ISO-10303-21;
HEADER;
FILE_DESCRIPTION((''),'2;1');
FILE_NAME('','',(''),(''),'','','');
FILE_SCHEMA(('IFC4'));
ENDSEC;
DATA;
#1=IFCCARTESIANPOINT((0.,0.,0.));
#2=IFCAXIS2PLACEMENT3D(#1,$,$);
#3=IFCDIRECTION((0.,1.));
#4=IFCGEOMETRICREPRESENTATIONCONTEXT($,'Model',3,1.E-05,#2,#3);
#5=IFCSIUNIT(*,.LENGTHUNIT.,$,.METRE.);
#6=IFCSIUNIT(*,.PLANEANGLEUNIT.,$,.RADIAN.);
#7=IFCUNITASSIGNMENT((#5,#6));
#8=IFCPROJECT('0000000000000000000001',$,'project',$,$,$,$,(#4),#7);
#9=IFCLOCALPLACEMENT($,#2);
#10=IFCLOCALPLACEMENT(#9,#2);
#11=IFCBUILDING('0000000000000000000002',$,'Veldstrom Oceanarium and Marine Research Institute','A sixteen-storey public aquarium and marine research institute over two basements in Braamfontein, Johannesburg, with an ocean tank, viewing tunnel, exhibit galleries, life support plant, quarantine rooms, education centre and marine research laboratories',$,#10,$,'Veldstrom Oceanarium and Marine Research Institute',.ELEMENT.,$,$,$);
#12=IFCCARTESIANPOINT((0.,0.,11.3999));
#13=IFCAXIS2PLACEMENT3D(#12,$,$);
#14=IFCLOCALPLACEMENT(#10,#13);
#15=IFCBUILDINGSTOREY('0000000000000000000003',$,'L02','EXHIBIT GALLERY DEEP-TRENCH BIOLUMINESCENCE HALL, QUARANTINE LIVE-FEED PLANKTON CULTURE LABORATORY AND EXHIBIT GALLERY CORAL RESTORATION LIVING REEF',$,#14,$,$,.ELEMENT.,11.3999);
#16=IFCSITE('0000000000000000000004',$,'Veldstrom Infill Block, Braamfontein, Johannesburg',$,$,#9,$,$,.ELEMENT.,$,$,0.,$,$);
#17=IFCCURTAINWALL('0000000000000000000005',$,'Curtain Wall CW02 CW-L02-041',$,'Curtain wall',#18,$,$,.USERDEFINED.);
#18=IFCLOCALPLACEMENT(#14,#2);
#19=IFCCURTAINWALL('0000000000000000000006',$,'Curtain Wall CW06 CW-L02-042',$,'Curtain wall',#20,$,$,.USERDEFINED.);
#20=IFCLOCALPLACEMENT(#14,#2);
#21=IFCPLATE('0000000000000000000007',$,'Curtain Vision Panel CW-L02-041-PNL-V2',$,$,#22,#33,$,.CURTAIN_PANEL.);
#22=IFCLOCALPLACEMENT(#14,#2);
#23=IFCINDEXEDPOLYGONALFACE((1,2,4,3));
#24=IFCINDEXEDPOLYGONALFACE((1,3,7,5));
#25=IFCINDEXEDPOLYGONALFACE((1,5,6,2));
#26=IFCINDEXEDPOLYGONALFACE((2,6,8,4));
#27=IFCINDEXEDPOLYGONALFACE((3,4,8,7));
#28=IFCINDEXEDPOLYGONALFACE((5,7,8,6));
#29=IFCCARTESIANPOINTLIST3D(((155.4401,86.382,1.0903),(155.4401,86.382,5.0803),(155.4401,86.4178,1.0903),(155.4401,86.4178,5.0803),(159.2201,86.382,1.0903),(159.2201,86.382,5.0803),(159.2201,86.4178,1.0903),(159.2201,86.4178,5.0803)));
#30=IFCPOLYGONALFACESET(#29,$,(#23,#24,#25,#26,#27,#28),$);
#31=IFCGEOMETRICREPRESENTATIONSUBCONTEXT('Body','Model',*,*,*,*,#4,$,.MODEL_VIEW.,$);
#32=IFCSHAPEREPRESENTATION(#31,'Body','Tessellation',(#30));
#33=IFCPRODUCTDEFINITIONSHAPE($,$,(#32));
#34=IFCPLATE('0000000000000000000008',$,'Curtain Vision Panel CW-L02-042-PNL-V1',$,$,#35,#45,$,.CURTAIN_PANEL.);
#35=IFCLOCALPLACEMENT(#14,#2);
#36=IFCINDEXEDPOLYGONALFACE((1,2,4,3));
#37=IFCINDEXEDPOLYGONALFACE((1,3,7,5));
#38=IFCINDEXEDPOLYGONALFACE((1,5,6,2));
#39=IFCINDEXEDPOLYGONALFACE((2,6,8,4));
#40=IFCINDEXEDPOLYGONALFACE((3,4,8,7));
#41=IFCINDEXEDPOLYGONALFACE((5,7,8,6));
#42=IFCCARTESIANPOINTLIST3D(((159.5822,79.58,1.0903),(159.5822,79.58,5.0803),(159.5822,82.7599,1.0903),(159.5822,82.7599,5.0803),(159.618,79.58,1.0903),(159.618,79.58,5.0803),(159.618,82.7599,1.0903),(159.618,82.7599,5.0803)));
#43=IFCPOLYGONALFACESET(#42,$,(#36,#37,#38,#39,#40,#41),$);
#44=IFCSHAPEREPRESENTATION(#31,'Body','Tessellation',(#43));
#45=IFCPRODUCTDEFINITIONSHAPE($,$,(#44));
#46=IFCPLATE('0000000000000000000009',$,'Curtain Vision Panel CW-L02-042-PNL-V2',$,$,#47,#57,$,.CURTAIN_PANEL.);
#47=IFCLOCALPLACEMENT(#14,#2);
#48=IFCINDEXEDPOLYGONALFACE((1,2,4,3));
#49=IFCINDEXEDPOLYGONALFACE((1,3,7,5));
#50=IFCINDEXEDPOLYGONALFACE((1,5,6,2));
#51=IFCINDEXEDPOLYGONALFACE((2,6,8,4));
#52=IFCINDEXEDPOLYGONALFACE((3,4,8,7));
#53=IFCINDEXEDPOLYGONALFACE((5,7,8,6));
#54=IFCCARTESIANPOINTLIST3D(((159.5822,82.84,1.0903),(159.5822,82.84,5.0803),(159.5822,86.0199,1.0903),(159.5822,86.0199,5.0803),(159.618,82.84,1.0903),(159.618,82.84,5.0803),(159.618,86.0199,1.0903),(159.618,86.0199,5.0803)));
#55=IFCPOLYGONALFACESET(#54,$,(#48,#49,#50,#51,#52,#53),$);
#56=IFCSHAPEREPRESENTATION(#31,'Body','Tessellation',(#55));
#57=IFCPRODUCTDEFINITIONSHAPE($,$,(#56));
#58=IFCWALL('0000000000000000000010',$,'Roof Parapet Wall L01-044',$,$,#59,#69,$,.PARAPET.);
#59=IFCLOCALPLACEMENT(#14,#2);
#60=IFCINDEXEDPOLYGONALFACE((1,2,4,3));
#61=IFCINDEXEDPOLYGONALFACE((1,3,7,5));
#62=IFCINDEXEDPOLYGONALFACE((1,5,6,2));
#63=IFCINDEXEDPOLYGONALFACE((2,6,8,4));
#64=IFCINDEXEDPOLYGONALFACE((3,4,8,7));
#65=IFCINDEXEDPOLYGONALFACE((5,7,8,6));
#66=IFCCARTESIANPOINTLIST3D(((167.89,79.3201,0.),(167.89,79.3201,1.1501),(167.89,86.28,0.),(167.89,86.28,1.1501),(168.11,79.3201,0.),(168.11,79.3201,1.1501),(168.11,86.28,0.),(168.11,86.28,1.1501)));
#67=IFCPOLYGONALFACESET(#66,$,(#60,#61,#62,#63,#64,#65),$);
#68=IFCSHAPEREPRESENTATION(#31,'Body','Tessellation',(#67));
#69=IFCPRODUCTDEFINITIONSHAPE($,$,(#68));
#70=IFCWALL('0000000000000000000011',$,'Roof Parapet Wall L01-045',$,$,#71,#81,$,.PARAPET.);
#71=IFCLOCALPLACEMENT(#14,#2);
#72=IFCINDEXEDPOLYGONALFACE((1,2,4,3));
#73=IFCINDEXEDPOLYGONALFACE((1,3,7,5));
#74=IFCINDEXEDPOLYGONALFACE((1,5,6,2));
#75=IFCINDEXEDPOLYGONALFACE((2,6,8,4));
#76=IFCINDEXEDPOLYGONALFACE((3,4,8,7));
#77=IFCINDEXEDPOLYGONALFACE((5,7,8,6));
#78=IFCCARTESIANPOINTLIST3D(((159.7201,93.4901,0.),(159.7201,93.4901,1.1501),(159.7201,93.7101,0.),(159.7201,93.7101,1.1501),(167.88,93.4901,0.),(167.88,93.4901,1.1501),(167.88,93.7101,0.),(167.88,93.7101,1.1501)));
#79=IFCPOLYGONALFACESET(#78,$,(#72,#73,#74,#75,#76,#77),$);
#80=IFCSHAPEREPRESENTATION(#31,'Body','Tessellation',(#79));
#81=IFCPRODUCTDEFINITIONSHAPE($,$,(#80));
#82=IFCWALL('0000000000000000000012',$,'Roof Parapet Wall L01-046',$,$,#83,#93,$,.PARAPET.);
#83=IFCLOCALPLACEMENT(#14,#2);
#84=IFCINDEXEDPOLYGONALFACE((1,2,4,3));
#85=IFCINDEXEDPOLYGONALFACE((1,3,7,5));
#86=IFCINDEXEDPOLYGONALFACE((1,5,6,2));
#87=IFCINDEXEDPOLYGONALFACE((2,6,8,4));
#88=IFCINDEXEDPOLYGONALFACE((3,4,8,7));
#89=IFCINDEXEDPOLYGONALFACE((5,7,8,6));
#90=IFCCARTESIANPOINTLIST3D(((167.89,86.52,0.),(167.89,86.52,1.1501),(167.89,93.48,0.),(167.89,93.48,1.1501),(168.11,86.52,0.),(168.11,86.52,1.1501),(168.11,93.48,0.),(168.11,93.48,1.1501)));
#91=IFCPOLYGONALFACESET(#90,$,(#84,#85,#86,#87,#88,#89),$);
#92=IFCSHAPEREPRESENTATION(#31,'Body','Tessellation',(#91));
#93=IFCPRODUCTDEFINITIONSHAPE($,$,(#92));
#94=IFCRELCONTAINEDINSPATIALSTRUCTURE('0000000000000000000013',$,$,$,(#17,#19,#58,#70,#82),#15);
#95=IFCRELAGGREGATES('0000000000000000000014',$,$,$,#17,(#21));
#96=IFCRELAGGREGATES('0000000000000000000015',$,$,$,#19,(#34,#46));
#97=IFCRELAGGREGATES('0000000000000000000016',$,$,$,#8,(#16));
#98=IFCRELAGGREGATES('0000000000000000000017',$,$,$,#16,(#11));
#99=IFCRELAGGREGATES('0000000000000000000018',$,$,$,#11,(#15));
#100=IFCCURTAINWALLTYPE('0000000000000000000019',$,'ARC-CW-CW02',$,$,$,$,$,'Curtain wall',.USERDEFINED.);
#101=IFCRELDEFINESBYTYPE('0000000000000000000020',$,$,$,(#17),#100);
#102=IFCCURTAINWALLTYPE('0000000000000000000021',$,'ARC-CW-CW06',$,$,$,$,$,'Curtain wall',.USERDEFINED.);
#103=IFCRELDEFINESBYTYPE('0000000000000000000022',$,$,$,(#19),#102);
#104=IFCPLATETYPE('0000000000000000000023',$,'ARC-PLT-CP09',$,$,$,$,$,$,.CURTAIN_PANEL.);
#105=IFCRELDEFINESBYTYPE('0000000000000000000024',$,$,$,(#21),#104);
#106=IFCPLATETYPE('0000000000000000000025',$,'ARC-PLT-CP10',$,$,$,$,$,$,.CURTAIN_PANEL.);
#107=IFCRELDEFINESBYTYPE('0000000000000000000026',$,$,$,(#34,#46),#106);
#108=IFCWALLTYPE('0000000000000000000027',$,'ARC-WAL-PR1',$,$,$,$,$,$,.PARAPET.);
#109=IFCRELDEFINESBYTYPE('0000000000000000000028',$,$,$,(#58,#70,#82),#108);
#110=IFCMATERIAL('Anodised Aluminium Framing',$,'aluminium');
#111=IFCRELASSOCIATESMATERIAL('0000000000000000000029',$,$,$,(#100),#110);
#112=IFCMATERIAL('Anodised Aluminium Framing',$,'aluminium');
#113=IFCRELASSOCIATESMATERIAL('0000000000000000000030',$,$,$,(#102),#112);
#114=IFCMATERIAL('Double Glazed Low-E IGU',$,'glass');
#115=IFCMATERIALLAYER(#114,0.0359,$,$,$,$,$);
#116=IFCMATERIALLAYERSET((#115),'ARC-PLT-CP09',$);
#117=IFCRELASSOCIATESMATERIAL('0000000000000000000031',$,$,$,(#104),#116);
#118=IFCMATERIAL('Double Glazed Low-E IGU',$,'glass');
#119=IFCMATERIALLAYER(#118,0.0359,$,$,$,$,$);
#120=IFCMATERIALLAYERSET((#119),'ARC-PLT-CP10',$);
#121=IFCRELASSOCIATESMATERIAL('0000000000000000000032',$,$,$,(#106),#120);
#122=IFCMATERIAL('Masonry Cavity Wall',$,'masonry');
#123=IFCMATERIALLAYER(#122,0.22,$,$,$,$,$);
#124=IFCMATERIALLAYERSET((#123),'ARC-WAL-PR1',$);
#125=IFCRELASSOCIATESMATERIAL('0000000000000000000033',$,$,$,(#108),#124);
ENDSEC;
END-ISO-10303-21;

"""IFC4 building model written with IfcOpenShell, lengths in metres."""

from ifc_helpers import new_model, si_unit, direction, frame, frame_2d, origin, origin_2d, place, context, subcontext, project, spatial, rectangle, extrude, material, layer, layer_set, type_object, element, aggregate, save


model = new_model("IFC4")

# Units and contexts
model_context = context("Model", 3, precision=1e-05, world=origin(), true_north=direction((0.0, 1.0)))
body_context = subcontext(model_context, "Body", "Model", "MODEL_VIEW")
ifc_project = project(units=[si_unit("LENGTHUNIT", "METRE"), si_unit("PLANEANGLEUNIT", "RADIAN")], contexts=[model_context])

# Site, building, storey
site_placement = place(None, origin())
site = spatial("IfcSite", under=ifc_project, at=site_placement, Name="Veldstrom Infill Block, Braamfontein, Johannesburg", CompositionType="ELEMENT", RefElevation=0.0)
building_placement = place(site_placement, origin())
building = spatial("IfcBuilding", under=site, at=building_placement, Name="Veldstrom Oceanarium and Marine Research Institute", Description="A sixteen-storey public aquarium and marine research institute over two basements in Braamfontein, Johannesburg, with an ocean tank, viewing tunnel, exhibit galleries, life support plant, quarantine rooms, education centre and marine research laboratories", LongName="Veldstrom Oceanarium and Marine Research Institute", CompositionType="ELEMENT")
storey_placement = place(building_placement, frame((0.0, 0.0, 11.3999)))
storey = spatial("IfcBuildingStorey", under=building, at=storey_placement, Name="L02", Description="EXHIBIT GALLERY DEEP-TRENCH BIOLUMINESCENCE HALL, QUARANTINE LIVE-FEED PLANKTON CULTURE LABORATORY AND EXHIBIT GALLERY CORAL RESTORATION LIVING REEF", CompositionType="ELEMENT", Elevation=11.3999)

# Curtain wall
ifc_material_1 = material(Name="Anodised Aluminium Framing", Category="aluminium")
curtain_wall_type_1 = type_object("IfcCurtainWallType", Name="ARC-CW-CW02", ElementType="Curtain wall", PredefinedType="USERDEFINED", material=ifc_material_1)
curtain_wall_1_placement = place(storey_placement, origin())
curtain_wall_1 = element("IfcCurtainWall", 1, at=curtain_wall_1_placement, inside=storey, type_object=curtain_wall_type_1, Name="Curtain Wall CW02 CW-L02-041", ObjectType="Curtain wall", PredefinedType="USERDEFINED")

# Curtain wall
ifc_material_2 = material(Name="Anodised Aluminium Framing", Category="aluminium")
curtain_wall_type_2 = type_object("IfcCurtainWallType", Name="ARC-CW-CW06", ElementType="Curtain wall", PredefinedType="USERDEFINED", material=ifc_material_2)
curtain_wall_2_placement = place(storey_placement, origin())
curtain_wall_2 = element("IfcCurtainWall", 2, at=curtain_wall_2_placement, inside=storey, type_object=curtain_wall_type_2, Name="Curtain Wall CW06 CW-L02-042", ObjectType="Curtain wall", PredefinedType="USERDEFINED")

# Plates
ifc_material_3 = material(Name="Double Glazed Low-E IGU", Category="glass")
ifc_layer_1 = layer(ifc_material_3, 0.0359)
ifc_layer_set_1 = layer_set([ifc_layer_1], Name="ARC-PLT-CP09")
plate_type_1 = type_object("IfcPlateType", Name="ARC-PLT-CP09", PredefinedType="CURTAIN_PANEL", material=ifc_layer_set_1)
plate_1_placement = place(storey_placement, frame((157.3301, 86.3999, 1.0903), z_axis=(0.0, 0.0, 1.0), x_axis=(1.0, 0.0, 0.0)))
plate_1 = element("IfcPlate", 3, at=plate_1_placement, type_object=plate_type_1, Name="Curtain Vision Panel CW-L02-041-PNL-V2", PredefinedType="CURTAIN_PANEL", context=body_context, shape_type="SweptSolid", body=[
    extrude(rectangle(XDim=3.78, YDim=0.0359, at=origin_2d()), origin(), (0.0, 0.0, 1.0), 3.99),
])
aggregate(curtain_wall_1, [plate_1])
ifc_material_4 = material(Name="Double Glazed Low-E IGU", Category="glass")
ifc_layer_2 = layer(ifc_material_4, 0.0359)
ifc_layer_set_2 = layer_set([ifc_layer_2], Name="ARC-PLT-CP10")
plate_type_2 = type_object("IfcPlateType", Name="ARC-PLT-CP10", PredefinedType="CURTAIN_PANEL", material=ifc_layer_set_2)
plate_2_placement = place(storey_placement, frame((159.6001, 81.1699, 1.0903), z_axis=(0.0, 0.0, 1.0), x_axis=(0.0, 1.0, 0.0)))
plate_2 = element("IfcPlate", 4, at=plate_2_placement, type_object=plate_type_2, Name="Curtain Vision Panel CW-L02-042-PNL-V1", PredefinedType="CURTAIN_PANEL", context=body_context, shape_type="SweptSolid", body=[
    extrude(rectangle(XDim=3.1799, YDim=0.0359, at=origin_2d()), origin(), (0.0, 0.0, 1.0), 3.99),
])
plate_3_placement = place(storey_placement, frame((159.6001, 84.4299, 1.0903), z_axis=(0.0, 0.0, 1.0), x_axis=(0.0, 1.0, 0.0)))
plate_3 = element("IfcPlate", 5, at=plate_3_placement, type_object=plate_type_2, Name="Curtain Vision Panel CW-L02-042-PNL-V2", PredefinedType="CURTAIN_PANEL", context=body_context, shape_type="SweptSolid", body=[
    extrude(rectangle(XDim=3.1799, YDim=0.0359, at=origin_2d()), origin(), (0.0, 0.0, 1.0), 3.99),
])
aggregate(curtain_wall_2, [plate_2, plate_3])

# Walls
ifc_material_5 = material(Name="Masonry Cavity Wall", Category="masonry")
ifc_layer_3 = layer(ifc_material_5, 0.22)
ifc_layer_set_3 = layer_set([ifc_layer_3], Name="ARC-WAL-PR1")
wall_type = type_object("IfcWallType", Name="ARC-WAL-PR1", PredefinedType="PARAPET", material=ifc_layer_set_3)
wall_1_placement = place(storey_placement, frame((168.0, 79.3201, 0.0), z_axis=(0.0, 0.0, 1.0), x_axis=(0.0, 1.0, 0.0)))
element("IfcWall", 6, at=wall_1_placement, inside=storey, type_object=wall_type, Name="Roof Parapet Wall L01-044", PredefinedType="PARAPET", context=body_context, shape_type="SweptSolid", body=[
    extrude(rectangle(XDim=6.96, YDim=0.22, at=frame_2d((3.48, 0.0))), origin(), (0.0, 0.0, 1.0), 1.1501),
])
wall_2_placement = place(storey_placement, frame((159.72, 93.6001, 0.0), z_axis=(0.0, 0.0, 1.0), x_axis=(1.0, 0.0, 0.0)))
element("IfcWall", 7, at=wall_2_placement, inside=storey, type_object=wall_type, Name="Roof Parapet Wall L01-045", PredefinedType="PARAPET", context=body_context, shape_type="SweptSolid", body=[
    extrude(rectangle(XDim=8.1599, YDim=0.22, at=frame_2d((4.0801, 0.0))), origin(), (0.0, 0.0, 1.0), 1.1501),
])
wall_3_placement = place(storey_placement, frame((168.0, 86.52, 0.0), z_axis=(0.0, 0.0, 1.0), x_axis=(0.0, 1.0, 0.0)))
element("IfcWall", 8, at=wall_3_placement, inside=storey, type_object=wall_type, Name="Roof Parapet Wall L01-046", PredefinedType="PARAPET", context=body_context, shape_type="SweptSolid", body=[
    extrude(rectangle(XDim=6.96, YDim=0.22, at=frame_2d((3.48, 0.0))), origin(), (0.0, 0.0, 1.0), 1.1501),
])

save(model, "model.ifc")
